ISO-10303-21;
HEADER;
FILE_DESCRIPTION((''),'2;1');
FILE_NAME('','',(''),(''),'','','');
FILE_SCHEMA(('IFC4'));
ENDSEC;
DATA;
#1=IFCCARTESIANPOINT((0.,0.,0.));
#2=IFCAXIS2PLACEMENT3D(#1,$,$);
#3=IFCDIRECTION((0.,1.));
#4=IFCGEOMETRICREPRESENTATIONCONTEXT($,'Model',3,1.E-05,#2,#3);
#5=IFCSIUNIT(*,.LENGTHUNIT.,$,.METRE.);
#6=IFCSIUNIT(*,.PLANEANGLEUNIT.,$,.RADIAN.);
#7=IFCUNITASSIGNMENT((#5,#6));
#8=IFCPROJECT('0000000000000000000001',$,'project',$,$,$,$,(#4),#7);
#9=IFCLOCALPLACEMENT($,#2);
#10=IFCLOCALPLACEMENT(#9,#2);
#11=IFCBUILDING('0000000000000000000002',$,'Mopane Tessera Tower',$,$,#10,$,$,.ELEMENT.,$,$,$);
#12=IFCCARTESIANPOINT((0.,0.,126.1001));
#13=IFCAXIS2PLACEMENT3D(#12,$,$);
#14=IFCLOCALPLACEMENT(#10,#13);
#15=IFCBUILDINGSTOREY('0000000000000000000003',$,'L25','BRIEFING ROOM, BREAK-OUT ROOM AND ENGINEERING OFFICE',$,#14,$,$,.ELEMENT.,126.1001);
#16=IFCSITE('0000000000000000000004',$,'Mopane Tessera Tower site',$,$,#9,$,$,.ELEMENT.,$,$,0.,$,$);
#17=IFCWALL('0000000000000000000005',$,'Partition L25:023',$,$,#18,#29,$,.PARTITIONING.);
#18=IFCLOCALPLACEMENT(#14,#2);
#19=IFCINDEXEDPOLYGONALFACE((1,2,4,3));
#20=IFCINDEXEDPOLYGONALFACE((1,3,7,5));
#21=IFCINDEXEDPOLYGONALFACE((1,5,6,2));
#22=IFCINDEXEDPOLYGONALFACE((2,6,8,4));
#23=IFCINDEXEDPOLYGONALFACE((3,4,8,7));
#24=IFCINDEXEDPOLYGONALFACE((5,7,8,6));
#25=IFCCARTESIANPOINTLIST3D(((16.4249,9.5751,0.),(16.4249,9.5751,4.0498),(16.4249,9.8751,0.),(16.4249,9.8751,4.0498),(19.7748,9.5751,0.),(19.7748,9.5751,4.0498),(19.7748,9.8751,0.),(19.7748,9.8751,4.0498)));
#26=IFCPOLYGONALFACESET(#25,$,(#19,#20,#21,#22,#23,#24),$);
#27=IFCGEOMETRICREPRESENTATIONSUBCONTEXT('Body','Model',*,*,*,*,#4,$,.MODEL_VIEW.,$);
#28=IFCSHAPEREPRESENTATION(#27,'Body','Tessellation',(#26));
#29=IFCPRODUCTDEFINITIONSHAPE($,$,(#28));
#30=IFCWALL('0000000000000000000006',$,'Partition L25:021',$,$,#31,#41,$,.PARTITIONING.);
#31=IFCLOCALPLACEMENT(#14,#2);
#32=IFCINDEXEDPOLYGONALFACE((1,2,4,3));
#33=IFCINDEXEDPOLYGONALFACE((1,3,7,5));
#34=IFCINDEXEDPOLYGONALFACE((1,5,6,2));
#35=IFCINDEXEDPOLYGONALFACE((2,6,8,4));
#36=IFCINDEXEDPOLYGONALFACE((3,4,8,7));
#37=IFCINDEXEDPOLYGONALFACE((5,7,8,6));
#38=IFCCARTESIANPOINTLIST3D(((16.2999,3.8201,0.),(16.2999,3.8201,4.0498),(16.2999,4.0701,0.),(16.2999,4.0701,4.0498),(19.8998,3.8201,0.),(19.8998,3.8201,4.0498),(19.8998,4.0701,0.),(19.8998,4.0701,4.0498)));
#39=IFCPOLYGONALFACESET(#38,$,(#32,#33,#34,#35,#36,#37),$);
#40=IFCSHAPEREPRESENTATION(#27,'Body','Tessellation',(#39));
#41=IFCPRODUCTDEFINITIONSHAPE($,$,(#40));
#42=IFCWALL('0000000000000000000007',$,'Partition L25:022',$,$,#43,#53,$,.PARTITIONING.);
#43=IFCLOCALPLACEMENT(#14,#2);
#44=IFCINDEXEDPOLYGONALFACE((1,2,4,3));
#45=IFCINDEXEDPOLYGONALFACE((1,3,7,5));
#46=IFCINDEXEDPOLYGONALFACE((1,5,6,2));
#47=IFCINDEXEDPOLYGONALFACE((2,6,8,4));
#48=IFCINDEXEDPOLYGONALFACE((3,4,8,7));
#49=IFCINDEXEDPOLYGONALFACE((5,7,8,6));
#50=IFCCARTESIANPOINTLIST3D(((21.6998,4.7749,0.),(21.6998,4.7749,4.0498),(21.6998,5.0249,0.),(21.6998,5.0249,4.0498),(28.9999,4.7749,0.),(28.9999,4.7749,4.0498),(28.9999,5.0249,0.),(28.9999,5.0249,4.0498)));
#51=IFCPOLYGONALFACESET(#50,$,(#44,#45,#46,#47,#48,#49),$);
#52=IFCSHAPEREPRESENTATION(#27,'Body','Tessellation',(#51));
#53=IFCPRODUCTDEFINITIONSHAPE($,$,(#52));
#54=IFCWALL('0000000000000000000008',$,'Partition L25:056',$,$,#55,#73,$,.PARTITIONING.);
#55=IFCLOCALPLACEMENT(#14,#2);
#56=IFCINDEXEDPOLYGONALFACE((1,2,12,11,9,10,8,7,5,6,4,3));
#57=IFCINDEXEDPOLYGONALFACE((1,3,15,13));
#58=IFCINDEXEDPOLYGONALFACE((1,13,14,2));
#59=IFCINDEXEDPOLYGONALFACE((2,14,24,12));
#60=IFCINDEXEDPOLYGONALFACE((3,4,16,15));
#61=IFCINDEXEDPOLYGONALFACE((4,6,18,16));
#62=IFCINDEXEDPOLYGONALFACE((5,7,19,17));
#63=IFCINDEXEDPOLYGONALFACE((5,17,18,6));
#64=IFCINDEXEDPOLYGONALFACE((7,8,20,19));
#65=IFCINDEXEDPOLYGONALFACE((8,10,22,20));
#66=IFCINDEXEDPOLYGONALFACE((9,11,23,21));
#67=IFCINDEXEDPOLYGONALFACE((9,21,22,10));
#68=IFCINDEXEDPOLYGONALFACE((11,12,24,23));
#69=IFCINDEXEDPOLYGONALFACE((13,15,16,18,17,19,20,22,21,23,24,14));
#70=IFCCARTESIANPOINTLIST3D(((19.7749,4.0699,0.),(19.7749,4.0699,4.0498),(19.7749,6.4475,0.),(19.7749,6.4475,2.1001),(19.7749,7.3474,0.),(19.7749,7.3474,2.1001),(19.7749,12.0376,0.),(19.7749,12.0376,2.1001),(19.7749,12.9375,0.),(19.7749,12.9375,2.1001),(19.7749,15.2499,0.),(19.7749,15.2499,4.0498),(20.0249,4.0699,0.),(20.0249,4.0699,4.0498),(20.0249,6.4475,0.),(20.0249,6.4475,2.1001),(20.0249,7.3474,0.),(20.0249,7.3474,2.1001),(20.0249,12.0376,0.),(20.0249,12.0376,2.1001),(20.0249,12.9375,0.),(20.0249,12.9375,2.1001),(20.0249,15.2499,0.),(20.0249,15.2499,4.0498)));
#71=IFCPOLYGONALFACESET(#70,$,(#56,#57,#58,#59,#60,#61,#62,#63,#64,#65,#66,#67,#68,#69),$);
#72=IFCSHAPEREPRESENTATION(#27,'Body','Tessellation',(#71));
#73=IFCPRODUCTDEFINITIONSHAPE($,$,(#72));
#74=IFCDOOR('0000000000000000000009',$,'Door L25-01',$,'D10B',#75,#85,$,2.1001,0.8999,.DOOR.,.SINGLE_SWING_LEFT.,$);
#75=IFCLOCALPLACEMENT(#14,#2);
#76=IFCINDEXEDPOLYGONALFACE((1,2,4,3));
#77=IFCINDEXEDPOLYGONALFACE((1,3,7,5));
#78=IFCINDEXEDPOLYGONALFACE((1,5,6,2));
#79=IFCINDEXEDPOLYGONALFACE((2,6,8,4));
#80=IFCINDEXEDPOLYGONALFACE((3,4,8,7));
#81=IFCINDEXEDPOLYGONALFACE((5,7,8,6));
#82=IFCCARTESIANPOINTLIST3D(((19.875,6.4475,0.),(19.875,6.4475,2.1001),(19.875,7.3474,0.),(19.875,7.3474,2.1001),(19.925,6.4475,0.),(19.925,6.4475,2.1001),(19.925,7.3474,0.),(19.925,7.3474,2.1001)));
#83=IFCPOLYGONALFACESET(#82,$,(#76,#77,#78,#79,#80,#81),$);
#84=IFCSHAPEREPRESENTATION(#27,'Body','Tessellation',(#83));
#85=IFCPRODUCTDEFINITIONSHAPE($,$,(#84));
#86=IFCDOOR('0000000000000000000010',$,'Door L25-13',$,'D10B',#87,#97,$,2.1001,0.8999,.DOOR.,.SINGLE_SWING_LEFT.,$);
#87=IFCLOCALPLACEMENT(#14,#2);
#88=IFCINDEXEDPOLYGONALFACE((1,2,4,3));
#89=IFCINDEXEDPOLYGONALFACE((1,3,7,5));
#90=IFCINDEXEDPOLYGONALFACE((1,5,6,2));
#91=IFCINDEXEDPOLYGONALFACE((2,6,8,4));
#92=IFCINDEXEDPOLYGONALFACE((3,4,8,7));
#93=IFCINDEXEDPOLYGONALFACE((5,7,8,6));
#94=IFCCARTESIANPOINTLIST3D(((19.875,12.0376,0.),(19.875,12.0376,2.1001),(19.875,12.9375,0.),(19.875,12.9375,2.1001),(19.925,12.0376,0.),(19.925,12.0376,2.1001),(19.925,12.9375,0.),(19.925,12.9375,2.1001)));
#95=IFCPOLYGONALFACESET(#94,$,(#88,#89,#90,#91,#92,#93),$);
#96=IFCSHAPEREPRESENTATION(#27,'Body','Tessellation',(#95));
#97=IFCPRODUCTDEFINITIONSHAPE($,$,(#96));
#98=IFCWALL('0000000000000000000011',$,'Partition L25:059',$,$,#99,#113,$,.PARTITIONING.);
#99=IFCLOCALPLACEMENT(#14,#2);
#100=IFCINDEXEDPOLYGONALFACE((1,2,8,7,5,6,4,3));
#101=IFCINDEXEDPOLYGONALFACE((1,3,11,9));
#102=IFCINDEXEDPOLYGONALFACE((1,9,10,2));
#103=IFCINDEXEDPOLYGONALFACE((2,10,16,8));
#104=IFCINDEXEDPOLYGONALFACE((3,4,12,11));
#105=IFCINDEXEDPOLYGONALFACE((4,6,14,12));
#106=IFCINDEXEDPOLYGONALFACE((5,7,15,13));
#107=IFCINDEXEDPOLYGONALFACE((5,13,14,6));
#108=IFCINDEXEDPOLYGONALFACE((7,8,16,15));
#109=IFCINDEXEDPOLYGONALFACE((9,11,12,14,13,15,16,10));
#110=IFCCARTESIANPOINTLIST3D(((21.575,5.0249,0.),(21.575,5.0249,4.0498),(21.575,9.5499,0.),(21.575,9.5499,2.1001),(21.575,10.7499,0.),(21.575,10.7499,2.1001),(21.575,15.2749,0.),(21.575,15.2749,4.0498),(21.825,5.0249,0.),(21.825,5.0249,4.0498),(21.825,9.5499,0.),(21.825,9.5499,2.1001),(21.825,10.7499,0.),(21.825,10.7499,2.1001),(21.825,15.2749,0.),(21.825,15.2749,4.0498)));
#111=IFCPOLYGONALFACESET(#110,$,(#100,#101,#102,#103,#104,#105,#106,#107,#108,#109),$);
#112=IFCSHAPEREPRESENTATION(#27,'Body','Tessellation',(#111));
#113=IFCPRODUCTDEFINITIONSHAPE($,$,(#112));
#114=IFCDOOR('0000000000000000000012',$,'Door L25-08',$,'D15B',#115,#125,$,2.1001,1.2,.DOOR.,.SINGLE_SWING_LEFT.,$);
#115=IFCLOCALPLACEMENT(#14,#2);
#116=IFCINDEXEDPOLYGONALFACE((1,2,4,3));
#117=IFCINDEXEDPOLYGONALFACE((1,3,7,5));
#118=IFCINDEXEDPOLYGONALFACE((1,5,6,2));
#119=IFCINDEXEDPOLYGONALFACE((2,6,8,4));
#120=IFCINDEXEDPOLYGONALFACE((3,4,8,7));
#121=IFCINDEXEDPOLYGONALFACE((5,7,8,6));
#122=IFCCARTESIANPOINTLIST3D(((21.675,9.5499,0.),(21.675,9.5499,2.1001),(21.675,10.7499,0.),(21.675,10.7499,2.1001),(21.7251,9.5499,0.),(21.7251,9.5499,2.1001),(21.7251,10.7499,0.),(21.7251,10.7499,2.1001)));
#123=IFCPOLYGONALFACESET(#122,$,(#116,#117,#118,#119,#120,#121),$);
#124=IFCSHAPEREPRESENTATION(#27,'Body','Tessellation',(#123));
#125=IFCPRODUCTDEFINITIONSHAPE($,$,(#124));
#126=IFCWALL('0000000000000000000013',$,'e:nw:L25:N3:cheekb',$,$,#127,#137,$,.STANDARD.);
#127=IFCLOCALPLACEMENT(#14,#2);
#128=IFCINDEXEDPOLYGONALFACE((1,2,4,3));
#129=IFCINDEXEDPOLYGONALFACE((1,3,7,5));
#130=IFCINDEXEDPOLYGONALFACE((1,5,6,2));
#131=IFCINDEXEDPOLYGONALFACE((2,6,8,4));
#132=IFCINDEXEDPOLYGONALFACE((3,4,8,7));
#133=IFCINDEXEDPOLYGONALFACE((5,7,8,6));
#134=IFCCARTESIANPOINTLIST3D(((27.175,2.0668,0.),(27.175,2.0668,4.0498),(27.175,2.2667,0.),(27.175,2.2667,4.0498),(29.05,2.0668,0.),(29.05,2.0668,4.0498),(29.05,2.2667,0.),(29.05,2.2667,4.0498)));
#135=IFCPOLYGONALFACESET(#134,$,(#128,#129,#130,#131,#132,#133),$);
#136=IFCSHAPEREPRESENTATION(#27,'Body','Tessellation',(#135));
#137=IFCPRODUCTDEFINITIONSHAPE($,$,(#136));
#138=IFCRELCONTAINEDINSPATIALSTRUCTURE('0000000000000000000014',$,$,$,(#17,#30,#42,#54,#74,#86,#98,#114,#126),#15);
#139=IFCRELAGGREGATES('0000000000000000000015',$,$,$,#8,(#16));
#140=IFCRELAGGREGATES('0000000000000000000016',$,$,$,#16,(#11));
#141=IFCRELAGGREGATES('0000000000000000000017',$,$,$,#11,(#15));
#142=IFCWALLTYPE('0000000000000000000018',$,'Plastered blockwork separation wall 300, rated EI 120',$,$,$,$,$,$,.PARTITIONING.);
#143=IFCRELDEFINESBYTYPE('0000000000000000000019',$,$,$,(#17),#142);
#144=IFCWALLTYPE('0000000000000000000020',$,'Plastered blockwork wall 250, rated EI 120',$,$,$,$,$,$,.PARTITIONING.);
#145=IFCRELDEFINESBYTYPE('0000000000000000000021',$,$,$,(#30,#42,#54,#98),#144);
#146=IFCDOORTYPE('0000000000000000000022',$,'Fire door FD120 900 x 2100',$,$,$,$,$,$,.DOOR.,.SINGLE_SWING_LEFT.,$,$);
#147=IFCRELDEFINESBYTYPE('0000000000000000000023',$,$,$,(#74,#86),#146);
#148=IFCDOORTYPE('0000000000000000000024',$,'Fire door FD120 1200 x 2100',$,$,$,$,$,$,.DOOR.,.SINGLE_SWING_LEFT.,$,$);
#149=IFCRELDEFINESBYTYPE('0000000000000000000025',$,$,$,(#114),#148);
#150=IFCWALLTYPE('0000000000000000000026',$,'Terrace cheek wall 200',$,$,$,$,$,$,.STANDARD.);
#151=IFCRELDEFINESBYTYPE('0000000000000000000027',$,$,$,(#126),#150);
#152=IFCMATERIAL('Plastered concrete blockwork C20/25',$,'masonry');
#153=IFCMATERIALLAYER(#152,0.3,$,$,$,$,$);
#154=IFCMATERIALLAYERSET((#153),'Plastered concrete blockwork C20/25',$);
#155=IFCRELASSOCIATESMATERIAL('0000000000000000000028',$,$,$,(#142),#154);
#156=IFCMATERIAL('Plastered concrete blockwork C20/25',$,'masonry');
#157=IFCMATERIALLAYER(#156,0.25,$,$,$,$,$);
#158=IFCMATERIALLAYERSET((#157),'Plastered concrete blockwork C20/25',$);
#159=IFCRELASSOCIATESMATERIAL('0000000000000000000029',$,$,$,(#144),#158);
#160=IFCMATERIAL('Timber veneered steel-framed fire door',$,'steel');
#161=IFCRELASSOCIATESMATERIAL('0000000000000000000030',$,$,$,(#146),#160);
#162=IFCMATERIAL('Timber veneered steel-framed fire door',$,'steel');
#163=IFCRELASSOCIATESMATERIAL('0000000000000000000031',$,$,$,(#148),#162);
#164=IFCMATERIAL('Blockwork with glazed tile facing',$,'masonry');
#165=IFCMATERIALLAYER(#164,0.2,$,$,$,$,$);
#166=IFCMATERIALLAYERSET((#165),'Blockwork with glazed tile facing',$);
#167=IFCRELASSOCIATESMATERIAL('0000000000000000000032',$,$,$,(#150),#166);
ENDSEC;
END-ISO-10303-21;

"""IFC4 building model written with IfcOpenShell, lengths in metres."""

from ifc_helpers import new_model, si_unit, direction, frame, frame_2d, origin, place, context, subcontext, project, spatial, rectangle, extrude, material, layer, layer_set, type_object, element, fill, save


model = new_model("IFC4")

# Units and contexts
model_context = context("Model", 3, precision=1e-05, world=origin(), true_north=direction((0.0, 1.0)))
body_context = subcontext(model_context, "Body", "Model", "MODEL_VIEW")
ifc_project = project(units=[si_unit("LENGTHUNIT", "METRE"), si_unit("PLANEANGLEUNIT", "RADIAN")], contexts=[model_context])

# Site, building, storey
site_placement = place(None, origin())
site = spatial("IfcSite", under=ifc_project, at=site_placement, Name="Mopane Tessera Tower site", CompositionType="ELEMENT", RefElevation=0.0)
building_placement = place(site_placement, origin())
building = spatial("IfcBuilding", under=site, at=building_placement, Name="Mopane Tessera Tower", CompositionType="ELEMENT")
storey_placement = place(building_placement, frame((0.0, 0.0, 126.1001)))
storey = spatial("IfcBuildingStorey", under=building, at=storey_placement, Name="L25", Description="BRIEFING ROOM, BREAK-OUT ROOM AND ENGINEERING OFFICE", CompositionType="ELEMENT", Elevation=126.1001)

# Walls
ifc_material_1 = material(Name="Plastered concrete blockwork C20/25", Category="masonry")
ifc_layer_1 = layer(ifc_material_1, 0.3)
ifc_layer_set_1 = layer_set([ifc_layer_1], Name="Plastered concrete blockwork C20/25")
wall_type_1 = type_object("IfcWallType", Name="Plastered blockwork separation wall 300, rated EI 120", PredefinedType="PARTITIONING", material=ifc_layer_set_1)
wall_1_placement = place(storey_placement, frame((16.425, 9.7251, 0.0), z_axis=(0.0, 0.0, 1.0), x_axis=(1.0, 0.0, 0.0)))
element("IfcWall", 1, at=wall_1_placement, inside=storey, type_object=wall_type_1, Name="Partition L25:023", PredefinedType="PARTITIONING", context=body_context, shape_type="SweptSolid", body=[
    extrude(rectangle(XDim=3.3499, YDim=0.3, at=frame_2d((1.6748, 0.0))), origin(), (0.0, 0.0, 1.0), 4.0498),
])
ifc_material_2 = material(Name="Plastered concrete blockwork C20/25", Category="masonry")
ifc_layer_2 = layer(ifc_material_2, 0.25)
ifc_layer_set_2 = layer_set([ifc_layer_2], Name="Plastered concrete blockwork C20/25")
wall_type_2 = type_object("IfcWallType", Name="Plastered blockwork wall 250, rated EI 120", PredefinedType="PARTITIONING", material=ifc_layer_set_2)
wall_2_placement = place(storey_placement, frame((16.3, 3.9451, 0.0), z_axis=(0.0, 0.0, 1.0), x_axis=(1.0, 0.0, 0.0)))
element("IfcWall", 2, at=wall_2_placement, inside=storey, type_object=wall_type_2, Name="Partition L25:021", PredefinedType="PARTITIONING", context=body_context, shape_type="SweptSolid", body=[
    extrude(rectangle(XDim=3.5999, YDim=0.25, at=frame_2d((1.7998, 0.0))), origin(), (0.0, 0.0, 1.0), 4.0498),
])
wall_3_placement = place(storey_placement, frame((21.7, 4.8999, 0.0), z_axis=(0.0, 0.0, 1.0), x_axis=(1.0, 0.0, 0.0)))
element("IfcWall", 3, at=wall_3_placement, inside=storey, type_object=wall_type_2, Name="Partition L25:022", PredefinedType="PARTITIONING", context=body_context, shape_type="SweptSolid", body=[
    extrude(rectangle(XDim=7.3, YDim=0.25, at=frame_2d((3.6499, 0.0))), origin(), (0.0, 0.0, 1.0), 4.0498),
])

# Wall, openings, doors
wall_4_placement = place(storey_placement, frame((19.8999, 4.0701, 0.0), z_axis=(0.0, 0.0, 1.0), x_axis=(0.0, 1.0, 0.0)))
wall_4 = element("IfcWall", 4, at=wall_4_placement, inside=storey, type_object=wall_type_2, Name="Partition L25:056", PredefinedType="PARTITIONING", context=body_context, shape_type="SweptSolid", body=[
    extrude(rectangle(XDim=11.1799, YDim=0.25, at=frame_2d((5.5898, 0.0))), origin(), (0.0, 0.0, 1.0), 4.0498),
])
opening_1_placement = place(wall_4_placement, frame((2.3774, 0.0, 0.0)))
opening_1 = element("IfcOpeningElement", 5, at=opening_1_placement, cuts=wall_4, PredefinedType="OPENING", context=body_context, shape_type="SweptSolid", body=[
    extrude(rectangle(XDim=0.8999, YDim=2.1001, at=frame_2d((0.45, 1.05))), frame((0.0, 0.137, 0.0), z_axis=(0.0, -1.0, 0.0), x_axis=(1.0, 0.0, 0.0)), (0.0, 0.0, 1.0), 0.2739),
])
opening_2_placement = place(wall_4_placement, frame((7.9675, 0.0, 0.0)))
opening_2 = element("IfcOpeningElement", 6, at=opening_2_placement, cuts=wall_4, PredefinedType="OPENING", context=body_context, shape_type="SweptSolid", body=[
    extrude(rectangle(XDim=0.8999, YDim=2.1001, at=frame_2d((0.45, 1.05))), frame((0.0, 0.137, 0.0), z_axis=(0.0, -1.0, 0.0), x_axis=(1.0, 0.0, 0.0)), (0.0, 0.0, 1.0), 0.2739),
])
ifc_material_3 = material(Name="Timber veneered steel-framed fire door", Category="steel")
door_type_1 = type_object("IfcDoorType", Name="Fire door FD120 900 x 2100", OperationType="SINGLE_SWING_LEFT", PredefinedType="DOOR", material=ifc_material_3)
door_1_placement = place(opening_1_placement, origin())
door_1 = element("IfcDoor", 7, at=door_1_placement, inside=storey, type_object=door_type_1, Name="Door L25-01", ObjectType="D10B", OperationType="SINGLE_SWING_LEFT", OverallHeight=2.1001, OverallWidth=0.8999, PredefinedType="DOOR", context=body_context, shape_type="SweptSolid", body=[
    extrude(rectangle(XDim=0.8999, YDim=2.1001, at=frame_2d((0.45, 1.05))), frame((0.0, 0.0249, 0.0), z_axis=(0.0, -1.0, 0.0), x_axis=(1.0, 0.0, 0.0)), (0.0, 0.0, 1.0), 0.05),
])
fill(opening_1, door_1)
door_2_placement = place(opening_2_placement, origin())
door_2 = element("IfcDoor", 8, at=door_2_placement, inside=storey, type_object=door_type_1, Name="Door L25-13", ObjectType="D10B", OperationType="SINGLE_SWING_LEFT", OverallHeight=2.1001, OverallWidth=0.8999, PredefinedType="DOOR", context=body_context, shape_type="SweptSolid", body=[
    extrude(rectangle(XDim=0.8999, YDim=2.1001, at=frame_2d((0.45, 1.05))), frame((0.0, 0.0249, 0.0), z_axis=(0.0, -1.0, 0.0), x_axis=(1.0, 0.0, 0.0)), (0.0, 0.0, 1.0), 0.05),
])
fill(opening_2, door_2)

# Wall, opening, door
wall_5_placement = place(storey_placement, frame((21.7, 5.0249, 0.0), z_axis=(0.0, 0.0, 1.0), x_axis=(0.0, 1.0, 0.0)))
wall_5 = element("IfcWall", 9, at=wall_5_placement, inside=storey, type_object=wall_type_2, Name="Partition L25:059", PredefinedType="PARTITIONING", context=body_context, shape_type="SweptSolid", body=[
    extrude(rectangle(XDim=10.25, YDim=0.25, at=frame_2d((5.125, 0.0))), origin(), (0.0, 0.0, 1.0), 4.0498),
])
opening_3_placement = place(wall_5_placement, frame((4.5249, 0.0, 0.0)))
opening_3 = element("IfcOpeningElement", 10, at=opening_3_placement, cuts=wall_5, PredefinedType="OPENING", context=body_context, shape_type="SweptSolid", body=[
    extrude(rectangle(XDim=1.2, YDim=2.1001, at=frame_2d((0.6001, 1.05))), frame((0.0, 0.137, 0.0), z_axis=(0.0, -1.0, 0.0), x_axis=(1.0, 0.0, 0.0)), (0.0, 0.0, 1.0), 0.2739),
])
ifc_material_4 = material(Name="Timber veneered steel-framed fire door", Category="steel")
door_type_2 = type_object("IfcDoorType", Name="Fire door FD120 1200 x 2100", OperationType="SINGLE_SWING_LEFT", PredefinedType="DOOR", material=ifc_material_4)
door_3_placement = place(opening_3_placement, origin())
door_3 = element("IfcDoor", 11, at=door_3_placement, inside=storey, type_object=door_type_2, Name="Door L25-08", ObjectType="D15B", OperationType="SINGLE_SWING_LEFT", OverallHeight=2.1001, OverallWidth=1.2, PredefinedType="DOOR", context=body_context, shape_type="SweptSolid", body=[
    extrude(rectangle(XDim=1.2, YDim=2.1001, at=frame_2d((0.6001, 1.05))), frame((0.0, 0.0249, 0.0), z_axis=(0.0, -1.0, 0.0), x_axis=(1.0, 0.0, 0.0)), (0.0, 0.0, 1.0), 0.05),
])
fill(opening_3, door_3)

# Wall
ifc_material_5 = material(Name="Blockwork with glazed tile facing", Category="masonry")
ifc_layer_3 = layer(ifc_material_5, 0.2)
ifc_layer_set_3 = layer_set([ifc_layer_3], Name="Blockwork with glazed tile facing")
wall_type_3 = type_object("IfcWallType", Name="Terrace cheek wall 200", PredefinedType="STANDARD", material=ifc_layer_set_3)
wall_6_placement = place(storey_placement, frame((29.05, 2.1667, 0.0), z_axis=(0.0, 0.0, 1.0), x_axis=(-1.0, 0.0, 0.0)))
element("IfcWall", 12, at=wall_6_placement, inside=storey, type_object=wall_type_3, Name="e:nw:L25:N3:cheekb", PredefinedType="STANDARD", context=body_context, shape_type="SweptSolid", body=[
    extrude(rectangle(XDim=1.875, YDim=0.2, at=frame_2d((0.9375, 0.0))), origin(), (0.0, 0.0, 1.0), 4.0498),
])

save(model, "model.ifc")
